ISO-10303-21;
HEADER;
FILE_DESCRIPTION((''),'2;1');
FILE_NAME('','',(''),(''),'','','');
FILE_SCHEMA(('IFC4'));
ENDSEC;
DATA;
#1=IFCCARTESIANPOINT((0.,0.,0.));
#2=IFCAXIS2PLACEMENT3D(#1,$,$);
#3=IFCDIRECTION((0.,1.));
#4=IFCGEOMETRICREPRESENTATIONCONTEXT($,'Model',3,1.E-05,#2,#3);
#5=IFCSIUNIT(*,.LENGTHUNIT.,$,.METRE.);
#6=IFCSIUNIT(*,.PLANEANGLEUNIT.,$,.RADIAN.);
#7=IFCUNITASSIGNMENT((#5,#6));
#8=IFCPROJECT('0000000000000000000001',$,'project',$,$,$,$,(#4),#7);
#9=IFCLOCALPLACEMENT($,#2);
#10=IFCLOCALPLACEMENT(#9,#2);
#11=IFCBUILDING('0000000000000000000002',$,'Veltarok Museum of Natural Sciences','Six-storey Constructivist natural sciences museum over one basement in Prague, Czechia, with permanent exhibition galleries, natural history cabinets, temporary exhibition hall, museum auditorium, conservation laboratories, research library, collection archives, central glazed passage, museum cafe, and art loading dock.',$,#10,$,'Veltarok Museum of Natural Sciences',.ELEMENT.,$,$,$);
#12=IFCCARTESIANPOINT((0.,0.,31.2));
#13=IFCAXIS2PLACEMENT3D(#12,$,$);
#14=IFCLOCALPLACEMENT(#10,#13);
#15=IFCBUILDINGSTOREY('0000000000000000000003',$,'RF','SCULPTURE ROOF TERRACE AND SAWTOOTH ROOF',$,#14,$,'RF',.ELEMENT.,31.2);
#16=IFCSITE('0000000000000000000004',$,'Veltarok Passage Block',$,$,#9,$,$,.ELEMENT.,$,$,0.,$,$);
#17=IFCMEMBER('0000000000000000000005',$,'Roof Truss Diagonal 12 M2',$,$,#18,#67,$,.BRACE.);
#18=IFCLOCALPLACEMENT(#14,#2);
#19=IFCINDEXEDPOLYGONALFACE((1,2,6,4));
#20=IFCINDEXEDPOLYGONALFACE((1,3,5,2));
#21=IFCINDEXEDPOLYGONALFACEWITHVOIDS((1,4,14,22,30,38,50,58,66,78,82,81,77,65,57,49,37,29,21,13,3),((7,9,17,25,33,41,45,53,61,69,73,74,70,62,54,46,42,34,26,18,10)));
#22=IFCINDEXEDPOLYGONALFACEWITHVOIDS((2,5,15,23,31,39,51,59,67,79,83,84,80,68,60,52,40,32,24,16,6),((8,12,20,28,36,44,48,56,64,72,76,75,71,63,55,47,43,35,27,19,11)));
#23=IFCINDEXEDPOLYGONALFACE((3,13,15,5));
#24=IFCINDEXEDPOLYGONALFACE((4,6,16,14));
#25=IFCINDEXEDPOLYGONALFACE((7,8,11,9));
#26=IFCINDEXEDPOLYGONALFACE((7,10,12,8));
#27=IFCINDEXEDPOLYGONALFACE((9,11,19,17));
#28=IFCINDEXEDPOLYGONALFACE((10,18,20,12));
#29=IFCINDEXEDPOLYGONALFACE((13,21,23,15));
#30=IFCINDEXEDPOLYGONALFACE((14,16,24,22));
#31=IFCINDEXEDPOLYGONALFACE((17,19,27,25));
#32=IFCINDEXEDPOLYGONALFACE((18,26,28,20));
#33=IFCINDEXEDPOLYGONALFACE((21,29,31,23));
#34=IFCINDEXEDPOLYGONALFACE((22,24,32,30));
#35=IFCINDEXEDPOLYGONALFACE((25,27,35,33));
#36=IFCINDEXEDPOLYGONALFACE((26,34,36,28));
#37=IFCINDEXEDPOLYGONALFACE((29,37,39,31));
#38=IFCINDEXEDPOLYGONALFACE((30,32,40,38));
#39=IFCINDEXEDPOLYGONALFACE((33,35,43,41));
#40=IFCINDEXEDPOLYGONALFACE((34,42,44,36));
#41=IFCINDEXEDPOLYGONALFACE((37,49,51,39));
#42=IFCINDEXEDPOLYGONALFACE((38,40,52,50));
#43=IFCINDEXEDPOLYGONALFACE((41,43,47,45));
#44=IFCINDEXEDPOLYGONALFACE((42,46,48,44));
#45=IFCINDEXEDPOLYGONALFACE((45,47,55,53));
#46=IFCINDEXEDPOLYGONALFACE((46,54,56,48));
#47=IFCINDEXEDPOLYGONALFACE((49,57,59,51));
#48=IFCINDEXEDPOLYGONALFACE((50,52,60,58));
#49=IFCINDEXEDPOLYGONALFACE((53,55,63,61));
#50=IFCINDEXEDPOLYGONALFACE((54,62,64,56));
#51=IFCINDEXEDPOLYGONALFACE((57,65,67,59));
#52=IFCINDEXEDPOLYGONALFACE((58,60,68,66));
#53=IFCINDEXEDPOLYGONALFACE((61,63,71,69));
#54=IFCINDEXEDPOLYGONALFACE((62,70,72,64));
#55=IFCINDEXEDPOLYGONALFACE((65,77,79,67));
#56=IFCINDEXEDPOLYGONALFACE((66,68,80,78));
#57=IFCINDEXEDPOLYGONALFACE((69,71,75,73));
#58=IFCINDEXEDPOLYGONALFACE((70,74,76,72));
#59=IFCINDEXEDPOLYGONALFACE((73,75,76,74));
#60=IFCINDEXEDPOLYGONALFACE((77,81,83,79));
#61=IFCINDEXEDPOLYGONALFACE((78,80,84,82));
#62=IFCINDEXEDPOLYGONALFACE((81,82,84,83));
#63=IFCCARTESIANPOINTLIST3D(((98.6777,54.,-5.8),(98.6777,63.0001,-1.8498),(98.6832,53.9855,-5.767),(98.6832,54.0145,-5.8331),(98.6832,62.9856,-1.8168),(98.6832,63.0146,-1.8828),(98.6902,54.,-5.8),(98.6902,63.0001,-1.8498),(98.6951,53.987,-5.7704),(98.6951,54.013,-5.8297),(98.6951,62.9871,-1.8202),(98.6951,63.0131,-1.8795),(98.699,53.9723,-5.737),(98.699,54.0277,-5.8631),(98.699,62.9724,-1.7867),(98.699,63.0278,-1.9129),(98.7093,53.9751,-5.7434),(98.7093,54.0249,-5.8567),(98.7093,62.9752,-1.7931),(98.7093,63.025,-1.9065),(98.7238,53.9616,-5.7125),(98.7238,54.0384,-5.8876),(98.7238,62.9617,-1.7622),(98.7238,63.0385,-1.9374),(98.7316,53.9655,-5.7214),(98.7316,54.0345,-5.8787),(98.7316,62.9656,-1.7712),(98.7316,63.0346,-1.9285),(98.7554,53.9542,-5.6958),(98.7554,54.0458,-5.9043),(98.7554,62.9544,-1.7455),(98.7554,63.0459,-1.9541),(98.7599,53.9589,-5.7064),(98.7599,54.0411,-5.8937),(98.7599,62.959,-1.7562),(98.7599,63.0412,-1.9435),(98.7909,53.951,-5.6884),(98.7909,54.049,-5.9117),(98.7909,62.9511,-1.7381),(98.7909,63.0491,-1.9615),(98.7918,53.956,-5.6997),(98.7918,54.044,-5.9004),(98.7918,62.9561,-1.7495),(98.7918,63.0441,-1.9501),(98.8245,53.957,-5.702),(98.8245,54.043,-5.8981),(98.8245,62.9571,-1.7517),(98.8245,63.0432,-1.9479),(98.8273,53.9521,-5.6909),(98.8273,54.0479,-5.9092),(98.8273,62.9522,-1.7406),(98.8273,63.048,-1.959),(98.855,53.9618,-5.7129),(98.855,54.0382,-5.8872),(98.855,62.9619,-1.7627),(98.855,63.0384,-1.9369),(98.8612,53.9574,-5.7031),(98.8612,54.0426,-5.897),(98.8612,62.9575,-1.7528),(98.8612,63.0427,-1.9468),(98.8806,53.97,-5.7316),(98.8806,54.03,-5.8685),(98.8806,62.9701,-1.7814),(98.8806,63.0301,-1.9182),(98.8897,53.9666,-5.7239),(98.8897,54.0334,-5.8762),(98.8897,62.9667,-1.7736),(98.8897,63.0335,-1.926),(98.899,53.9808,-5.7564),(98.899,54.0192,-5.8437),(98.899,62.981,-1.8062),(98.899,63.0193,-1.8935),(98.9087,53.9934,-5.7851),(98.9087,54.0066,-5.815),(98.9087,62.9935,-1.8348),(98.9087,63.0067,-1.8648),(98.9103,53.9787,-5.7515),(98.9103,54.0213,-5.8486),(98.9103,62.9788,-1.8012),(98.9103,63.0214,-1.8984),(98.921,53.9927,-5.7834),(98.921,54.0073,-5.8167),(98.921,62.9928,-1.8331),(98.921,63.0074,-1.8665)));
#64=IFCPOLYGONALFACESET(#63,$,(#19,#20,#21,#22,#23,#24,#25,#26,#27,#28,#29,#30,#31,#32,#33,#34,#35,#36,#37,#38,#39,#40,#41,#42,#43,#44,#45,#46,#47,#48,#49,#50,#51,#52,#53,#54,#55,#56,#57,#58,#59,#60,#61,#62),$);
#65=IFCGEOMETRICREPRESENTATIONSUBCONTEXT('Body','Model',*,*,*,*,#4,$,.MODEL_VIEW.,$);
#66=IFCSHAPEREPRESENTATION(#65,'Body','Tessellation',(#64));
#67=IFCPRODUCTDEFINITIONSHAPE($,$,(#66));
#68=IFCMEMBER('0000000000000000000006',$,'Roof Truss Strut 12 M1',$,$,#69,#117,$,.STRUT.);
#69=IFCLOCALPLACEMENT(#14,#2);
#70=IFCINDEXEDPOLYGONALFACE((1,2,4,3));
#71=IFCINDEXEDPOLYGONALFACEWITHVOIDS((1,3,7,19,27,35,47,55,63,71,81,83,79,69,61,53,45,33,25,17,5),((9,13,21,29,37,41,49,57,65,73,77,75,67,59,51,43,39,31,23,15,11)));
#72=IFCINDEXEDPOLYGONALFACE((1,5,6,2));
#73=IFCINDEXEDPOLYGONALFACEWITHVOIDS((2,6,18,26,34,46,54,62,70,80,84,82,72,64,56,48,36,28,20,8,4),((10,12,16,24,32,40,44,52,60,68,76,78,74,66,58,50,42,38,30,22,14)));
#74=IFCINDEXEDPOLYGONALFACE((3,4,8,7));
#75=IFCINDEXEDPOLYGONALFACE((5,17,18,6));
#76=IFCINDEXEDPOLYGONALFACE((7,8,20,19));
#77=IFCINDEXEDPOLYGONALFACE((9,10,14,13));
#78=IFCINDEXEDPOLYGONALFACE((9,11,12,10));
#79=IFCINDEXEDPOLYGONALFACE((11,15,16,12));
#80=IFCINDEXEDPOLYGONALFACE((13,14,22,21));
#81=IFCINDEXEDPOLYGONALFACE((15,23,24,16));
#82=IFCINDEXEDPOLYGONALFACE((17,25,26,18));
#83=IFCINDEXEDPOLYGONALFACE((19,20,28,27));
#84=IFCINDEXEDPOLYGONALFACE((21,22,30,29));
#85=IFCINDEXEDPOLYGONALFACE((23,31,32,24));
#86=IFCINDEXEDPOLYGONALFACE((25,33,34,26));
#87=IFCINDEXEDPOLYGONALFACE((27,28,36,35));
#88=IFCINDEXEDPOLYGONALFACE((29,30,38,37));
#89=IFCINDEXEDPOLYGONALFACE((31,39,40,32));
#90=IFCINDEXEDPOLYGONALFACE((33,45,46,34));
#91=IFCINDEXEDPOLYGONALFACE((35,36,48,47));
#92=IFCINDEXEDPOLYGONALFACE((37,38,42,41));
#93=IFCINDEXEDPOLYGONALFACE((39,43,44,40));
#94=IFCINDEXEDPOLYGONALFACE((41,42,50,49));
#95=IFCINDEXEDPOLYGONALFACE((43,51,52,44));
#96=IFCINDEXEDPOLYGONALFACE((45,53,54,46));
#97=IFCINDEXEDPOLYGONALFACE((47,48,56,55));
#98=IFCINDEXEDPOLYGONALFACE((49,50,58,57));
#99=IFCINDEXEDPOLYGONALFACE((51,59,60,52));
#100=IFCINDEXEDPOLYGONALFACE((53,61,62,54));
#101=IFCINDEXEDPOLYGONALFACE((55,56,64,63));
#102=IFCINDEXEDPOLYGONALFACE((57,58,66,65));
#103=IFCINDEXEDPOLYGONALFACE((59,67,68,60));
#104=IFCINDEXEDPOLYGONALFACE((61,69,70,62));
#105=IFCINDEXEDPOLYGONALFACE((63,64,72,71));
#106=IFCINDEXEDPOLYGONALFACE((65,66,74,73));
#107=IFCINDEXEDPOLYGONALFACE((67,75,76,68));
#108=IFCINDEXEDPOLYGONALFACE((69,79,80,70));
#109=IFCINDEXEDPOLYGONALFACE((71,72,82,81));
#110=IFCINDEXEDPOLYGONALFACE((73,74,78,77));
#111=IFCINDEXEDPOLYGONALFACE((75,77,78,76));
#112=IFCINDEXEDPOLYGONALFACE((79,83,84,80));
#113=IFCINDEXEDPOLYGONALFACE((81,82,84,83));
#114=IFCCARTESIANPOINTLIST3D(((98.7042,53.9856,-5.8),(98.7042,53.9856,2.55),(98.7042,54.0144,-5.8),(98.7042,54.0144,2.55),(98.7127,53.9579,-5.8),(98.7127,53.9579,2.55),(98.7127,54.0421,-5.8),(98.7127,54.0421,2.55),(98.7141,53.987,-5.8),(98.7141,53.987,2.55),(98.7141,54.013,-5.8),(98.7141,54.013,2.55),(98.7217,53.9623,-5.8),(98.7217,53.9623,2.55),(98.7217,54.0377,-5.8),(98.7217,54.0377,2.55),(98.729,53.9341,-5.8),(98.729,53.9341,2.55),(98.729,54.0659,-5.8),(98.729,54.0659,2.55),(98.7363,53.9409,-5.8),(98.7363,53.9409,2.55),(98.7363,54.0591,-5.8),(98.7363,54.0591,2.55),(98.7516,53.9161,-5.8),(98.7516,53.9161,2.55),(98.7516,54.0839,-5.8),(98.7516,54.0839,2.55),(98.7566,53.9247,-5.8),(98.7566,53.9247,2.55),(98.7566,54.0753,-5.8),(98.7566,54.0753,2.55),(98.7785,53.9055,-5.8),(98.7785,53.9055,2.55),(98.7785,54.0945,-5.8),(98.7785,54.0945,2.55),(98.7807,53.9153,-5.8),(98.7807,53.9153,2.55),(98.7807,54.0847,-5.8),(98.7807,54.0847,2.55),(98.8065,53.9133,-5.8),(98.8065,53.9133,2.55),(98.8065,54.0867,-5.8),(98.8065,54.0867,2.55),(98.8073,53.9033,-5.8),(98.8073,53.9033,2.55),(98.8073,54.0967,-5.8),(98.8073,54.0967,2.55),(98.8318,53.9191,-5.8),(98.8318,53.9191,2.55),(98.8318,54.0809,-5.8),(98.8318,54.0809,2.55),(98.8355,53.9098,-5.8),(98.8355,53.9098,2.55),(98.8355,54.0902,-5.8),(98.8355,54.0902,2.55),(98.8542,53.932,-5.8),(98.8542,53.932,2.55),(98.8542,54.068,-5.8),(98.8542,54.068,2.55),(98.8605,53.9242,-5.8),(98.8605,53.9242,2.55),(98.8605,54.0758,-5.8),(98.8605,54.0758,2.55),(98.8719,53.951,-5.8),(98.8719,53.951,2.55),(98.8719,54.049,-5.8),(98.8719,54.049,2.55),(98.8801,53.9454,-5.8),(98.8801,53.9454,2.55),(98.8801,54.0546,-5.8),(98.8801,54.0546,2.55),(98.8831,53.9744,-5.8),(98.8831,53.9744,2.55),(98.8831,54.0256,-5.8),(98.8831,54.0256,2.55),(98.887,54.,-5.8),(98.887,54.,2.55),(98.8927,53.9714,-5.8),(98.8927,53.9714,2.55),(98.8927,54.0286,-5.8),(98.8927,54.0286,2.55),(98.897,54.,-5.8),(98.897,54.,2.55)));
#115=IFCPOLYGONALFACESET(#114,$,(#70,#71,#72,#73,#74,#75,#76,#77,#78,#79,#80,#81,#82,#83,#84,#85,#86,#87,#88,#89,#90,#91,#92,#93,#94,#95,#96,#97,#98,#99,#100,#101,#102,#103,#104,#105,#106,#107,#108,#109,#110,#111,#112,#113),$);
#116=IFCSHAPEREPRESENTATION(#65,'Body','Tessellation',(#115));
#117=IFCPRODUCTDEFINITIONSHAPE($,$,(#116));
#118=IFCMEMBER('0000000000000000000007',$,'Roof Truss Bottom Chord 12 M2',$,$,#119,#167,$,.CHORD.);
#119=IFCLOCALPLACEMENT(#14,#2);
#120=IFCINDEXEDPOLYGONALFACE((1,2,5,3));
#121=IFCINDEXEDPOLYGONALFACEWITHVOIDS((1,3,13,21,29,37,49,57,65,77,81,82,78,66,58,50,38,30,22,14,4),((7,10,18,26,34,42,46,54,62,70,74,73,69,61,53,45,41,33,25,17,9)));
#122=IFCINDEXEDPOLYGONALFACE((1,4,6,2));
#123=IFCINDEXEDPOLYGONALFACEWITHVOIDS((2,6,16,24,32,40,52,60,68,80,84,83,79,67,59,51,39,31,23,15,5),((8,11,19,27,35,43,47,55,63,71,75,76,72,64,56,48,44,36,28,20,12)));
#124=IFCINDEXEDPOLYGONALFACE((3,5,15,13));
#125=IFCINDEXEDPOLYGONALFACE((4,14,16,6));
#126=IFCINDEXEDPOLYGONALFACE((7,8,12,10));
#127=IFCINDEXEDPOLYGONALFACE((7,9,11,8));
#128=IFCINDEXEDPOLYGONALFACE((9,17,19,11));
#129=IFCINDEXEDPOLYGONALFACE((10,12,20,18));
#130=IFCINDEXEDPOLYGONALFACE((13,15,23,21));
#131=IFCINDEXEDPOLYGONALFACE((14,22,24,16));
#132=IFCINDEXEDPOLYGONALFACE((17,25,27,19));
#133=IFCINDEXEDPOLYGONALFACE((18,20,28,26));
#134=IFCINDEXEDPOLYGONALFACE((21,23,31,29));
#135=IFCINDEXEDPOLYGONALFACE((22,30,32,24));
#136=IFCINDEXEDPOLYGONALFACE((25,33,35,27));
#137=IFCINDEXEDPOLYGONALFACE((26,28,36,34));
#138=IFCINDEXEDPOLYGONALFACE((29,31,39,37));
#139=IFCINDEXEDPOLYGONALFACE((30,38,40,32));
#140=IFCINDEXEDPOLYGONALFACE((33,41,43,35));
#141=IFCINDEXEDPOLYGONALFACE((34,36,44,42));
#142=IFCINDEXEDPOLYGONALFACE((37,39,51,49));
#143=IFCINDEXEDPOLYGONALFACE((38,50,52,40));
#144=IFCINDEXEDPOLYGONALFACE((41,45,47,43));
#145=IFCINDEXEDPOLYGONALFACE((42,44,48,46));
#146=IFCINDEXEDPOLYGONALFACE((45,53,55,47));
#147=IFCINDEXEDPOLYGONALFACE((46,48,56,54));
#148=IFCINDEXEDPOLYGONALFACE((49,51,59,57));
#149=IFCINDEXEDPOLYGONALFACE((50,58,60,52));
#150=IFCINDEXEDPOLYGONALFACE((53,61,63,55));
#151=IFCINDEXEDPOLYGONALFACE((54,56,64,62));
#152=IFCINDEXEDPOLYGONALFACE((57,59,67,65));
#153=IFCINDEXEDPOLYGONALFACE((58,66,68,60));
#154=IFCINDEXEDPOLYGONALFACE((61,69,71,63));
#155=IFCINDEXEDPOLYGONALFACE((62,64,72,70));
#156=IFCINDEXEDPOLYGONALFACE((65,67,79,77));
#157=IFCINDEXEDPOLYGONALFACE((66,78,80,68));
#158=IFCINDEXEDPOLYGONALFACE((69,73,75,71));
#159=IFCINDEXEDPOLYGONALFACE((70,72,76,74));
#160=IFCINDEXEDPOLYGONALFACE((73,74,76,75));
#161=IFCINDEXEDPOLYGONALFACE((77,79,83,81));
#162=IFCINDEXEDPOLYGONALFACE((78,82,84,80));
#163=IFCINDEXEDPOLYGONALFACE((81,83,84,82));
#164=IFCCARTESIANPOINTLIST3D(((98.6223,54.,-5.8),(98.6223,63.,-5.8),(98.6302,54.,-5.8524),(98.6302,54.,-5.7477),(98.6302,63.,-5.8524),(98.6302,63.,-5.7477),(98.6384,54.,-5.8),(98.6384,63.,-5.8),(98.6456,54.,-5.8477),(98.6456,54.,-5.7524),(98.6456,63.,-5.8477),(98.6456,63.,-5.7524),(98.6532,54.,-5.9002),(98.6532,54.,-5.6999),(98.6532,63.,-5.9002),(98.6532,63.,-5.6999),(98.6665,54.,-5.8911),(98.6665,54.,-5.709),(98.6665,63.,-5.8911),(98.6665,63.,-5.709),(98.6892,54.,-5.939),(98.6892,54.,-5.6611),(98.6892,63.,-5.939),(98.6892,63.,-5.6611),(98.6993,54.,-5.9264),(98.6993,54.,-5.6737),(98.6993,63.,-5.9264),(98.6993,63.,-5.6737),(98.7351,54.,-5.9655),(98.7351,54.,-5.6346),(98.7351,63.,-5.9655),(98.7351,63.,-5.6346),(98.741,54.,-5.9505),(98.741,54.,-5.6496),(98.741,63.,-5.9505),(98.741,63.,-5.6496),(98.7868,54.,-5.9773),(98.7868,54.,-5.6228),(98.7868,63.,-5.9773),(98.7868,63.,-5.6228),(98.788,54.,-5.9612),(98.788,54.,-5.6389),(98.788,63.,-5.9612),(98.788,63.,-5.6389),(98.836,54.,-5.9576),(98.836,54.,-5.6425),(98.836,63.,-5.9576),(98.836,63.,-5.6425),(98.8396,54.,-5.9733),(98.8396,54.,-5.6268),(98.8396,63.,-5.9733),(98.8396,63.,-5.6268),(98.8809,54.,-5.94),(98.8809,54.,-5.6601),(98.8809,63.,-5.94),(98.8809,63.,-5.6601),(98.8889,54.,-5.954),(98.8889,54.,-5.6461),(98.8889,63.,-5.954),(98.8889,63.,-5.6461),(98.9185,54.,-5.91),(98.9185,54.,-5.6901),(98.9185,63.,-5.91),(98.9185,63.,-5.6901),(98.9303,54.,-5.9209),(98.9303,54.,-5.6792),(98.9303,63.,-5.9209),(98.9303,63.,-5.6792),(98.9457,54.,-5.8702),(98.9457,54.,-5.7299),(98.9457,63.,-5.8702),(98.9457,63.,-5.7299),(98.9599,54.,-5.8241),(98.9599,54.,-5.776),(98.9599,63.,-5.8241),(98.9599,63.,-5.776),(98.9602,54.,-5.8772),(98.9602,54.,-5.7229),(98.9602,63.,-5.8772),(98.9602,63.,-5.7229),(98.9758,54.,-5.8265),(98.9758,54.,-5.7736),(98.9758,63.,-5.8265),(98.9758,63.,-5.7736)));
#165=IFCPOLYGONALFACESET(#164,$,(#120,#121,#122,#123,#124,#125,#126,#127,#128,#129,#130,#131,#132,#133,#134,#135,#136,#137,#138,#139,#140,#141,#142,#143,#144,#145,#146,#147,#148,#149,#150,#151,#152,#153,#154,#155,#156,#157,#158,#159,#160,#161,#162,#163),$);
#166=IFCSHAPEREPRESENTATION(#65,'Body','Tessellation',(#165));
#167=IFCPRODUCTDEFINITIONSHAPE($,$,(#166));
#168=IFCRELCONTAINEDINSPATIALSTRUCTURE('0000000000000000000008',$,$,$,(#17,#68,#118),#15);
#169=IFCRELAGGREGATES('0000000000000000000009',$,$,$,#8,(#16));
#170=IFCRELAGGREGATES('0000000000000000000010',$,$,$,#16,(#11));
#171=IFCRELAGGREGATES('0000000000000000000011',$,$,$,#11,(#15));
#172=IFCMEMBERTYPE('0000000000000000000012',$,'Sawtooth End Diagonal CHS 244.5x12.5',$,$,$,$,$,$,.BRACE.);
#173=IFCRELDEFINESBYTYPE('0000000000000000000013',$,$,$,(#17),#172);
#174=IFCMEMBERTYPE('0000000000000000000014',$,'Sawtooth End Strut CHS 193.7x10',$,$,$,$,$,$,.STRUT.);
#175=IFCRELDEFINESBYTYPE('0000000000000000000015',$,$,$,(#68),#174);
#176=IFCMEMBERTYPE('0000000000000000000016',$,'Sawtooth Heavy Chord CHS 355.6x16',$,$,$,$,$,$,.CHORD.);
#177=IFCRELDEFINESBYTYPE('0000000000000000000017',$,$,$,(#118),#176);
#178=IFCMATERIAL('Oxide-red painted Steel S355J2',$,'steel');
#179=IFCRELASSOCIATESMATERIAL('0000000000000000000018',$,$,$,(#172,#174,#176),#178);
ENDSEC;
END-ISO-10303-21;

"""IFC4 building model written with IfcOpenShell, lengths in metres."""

from ifc_helpers import new_model, si_unit, direction, frame, origin, origin_2d, place, context, subcontext, project, spatial, hollow_circle, extrude, material, material_profile, profile_set, type_object, element, save


model = new_model("IFC4")

# Units and contexts
model_context = context("Model", 3, precision=1e-05, world=origin(), true_north=direction((0.0, 1.0)))
body_context = subcontext(model_context, "Body", "Model", "MODEL_VIEW")
ifc_project = project(units=[si_unit("LENGTHUNIT", "METRE"), si_unit("PLANEANGLEUNIT", "RADIAN")], contexts=[model_context])

# Site, building, storey
site_placement = place(None, origin())
site = spatial("IfcSite", under=ifc_project, at=site_placement, Name="Veltarok Passage Block", CompositionType="ELEMENT", RefElevation=0.0)
building_placement = place(site_placement, origin())
building = spatial("IfcBuilding", under=site, at=building_placement, Name="Veltarok Museum of Natural Sciences", Description="Six-storey Constructivist natural sciences museum over one basement in Prague, Czechia, with permanent exhibition galleries, natural history cabinets, temporary exhibition hall, museum auditorium, conservation laboratories, research library, collection archives, central glazed passage, museum cafe, and art loading dock.", LongName="Veltarok Museum of Natural Sciences", CompositionType="ELEMENT")
storey_placement = place(building_placement, frame((0.0, 0.0, 31.2)))
storey = spatial("IfcBuildingStorey", under=building, at=storey_placement, Name="RF", Description="SCULPTURE ROOF TERRACE AND SAWTOOTH ROOF", LongName="RF", CompositionType="ELEMENT", Elevation=31.2)

# Members
ifc_material_1 = material(Name="Oxide-red painted Steel S355J2", Category="steel")
ifc_material_profile_1 = material_profile(ifc_material_1, hollow_circle(Radius=0.1223, WallThickness=0.0125, at=origin_2d()), Name="CHS 244.5x12.5")
ifc_profile_set_1 = profile_set([ifc_material_profile_1], Name="Oxide-red painted Steel S355J2")
member_type_1 = type_object("IfcMemberType", Name="Sawtooth End Diagonal CHS 244.5x12.5", PredefinedType="BRACE", material=ifc_profile_set_1)
member_1_placement = place(storey_placement, frame((98.8, 54.0, -5.8), z_axis=(0.0, 0.915682, 0.401903), x_axis=(-1.0, 0.0, 0.0)))
element("IfcMember", 1, at=member_1_placement, inside=storey, type_object=member_type_1, Name="Roof Truss Diagonal 12 M2", PredefinedType="BRACE", context=body_context, shape_type="SweptSolid", body=[
    extrude(hollow_circle(Radius=0.1223, WallThickness=0.0125, at=origin_2d()), origin(), (0.0, 0.0, 1.0), 9.8289),
])
ifc_material_profile_2 = material_profile(ifc_material_1, hollow_circle(Radius=0.0969, WallThickness=0.01, at=origin_2d()), Name="CHS 193.7x10")
ifc_profile_set_2 = profile_set([ifc_material_profile_2], Name="Oxide-red painted Steel S355J2")
member_type_2 = type_object("IfcMemberType", Name="Sawtooth End Strut CHS 193.7x10", PredefinedType="STRUT", material=ifc_profile_set_2)
member_2_placement = place(storey_placement, frame((98.8, 54.0, -5.8), z_axis=(0.0, 0.0, 1.0), x_axis=(1.0, 0.0, 0.0)))
element("IfcMember", 2, at=member_2_placement, inside=storey, type_object=member_type_2, Name="Roof Truss Strut 12 M1", PredefinedType="STRUT", context=body_context, shape_type="SweptSolid", body=[
    extrude(hollow_circle(Radius=0.0969, WallThickness=0.01, at=origin_2d()), origin(), (0.0, 0.0, 1.0), 8.3501),
])
ifc_material_profile_3 = material_profile(ifc_material_1, hollow_circle(Radius=0.1777, WallThickness=0.0161, at=origin_2d()), Name="CHS 355.6x16")
ifc_profile_set_3 = profile_set([ifc_material_profile_3], Name="Oxide-red painted Steel S355J2")
member_type_3 = type_object("IfcMemberType", Name="Sawtooth Heavy Chord CHS 355.6x16", PredefinedType="CHORD", material=ifc_profile_set_3)
member_3_placement = place(storey_placement, frame((98.8, 54.0, -5.8), z_axis=(0.0, 1.0, 0.0), x_axis=(-1.0, 0.0, 0.0)))
element("IfcMember", 3, at=member_3_placement, inside=storey, type_object=member_type_3, Name="Roof Truss Bottom Chord 12 M2", PredefinedType="CHORD", context=body_context, shape_type="SweptSolid", body=[
    extrude(hollow_circle(Radius=0.1777, WallThickness=0.0161, at=origin_2d()), origin(), (0.0, 0.0, 1.0), 9.0),
])

save(model, "model.ifc")
